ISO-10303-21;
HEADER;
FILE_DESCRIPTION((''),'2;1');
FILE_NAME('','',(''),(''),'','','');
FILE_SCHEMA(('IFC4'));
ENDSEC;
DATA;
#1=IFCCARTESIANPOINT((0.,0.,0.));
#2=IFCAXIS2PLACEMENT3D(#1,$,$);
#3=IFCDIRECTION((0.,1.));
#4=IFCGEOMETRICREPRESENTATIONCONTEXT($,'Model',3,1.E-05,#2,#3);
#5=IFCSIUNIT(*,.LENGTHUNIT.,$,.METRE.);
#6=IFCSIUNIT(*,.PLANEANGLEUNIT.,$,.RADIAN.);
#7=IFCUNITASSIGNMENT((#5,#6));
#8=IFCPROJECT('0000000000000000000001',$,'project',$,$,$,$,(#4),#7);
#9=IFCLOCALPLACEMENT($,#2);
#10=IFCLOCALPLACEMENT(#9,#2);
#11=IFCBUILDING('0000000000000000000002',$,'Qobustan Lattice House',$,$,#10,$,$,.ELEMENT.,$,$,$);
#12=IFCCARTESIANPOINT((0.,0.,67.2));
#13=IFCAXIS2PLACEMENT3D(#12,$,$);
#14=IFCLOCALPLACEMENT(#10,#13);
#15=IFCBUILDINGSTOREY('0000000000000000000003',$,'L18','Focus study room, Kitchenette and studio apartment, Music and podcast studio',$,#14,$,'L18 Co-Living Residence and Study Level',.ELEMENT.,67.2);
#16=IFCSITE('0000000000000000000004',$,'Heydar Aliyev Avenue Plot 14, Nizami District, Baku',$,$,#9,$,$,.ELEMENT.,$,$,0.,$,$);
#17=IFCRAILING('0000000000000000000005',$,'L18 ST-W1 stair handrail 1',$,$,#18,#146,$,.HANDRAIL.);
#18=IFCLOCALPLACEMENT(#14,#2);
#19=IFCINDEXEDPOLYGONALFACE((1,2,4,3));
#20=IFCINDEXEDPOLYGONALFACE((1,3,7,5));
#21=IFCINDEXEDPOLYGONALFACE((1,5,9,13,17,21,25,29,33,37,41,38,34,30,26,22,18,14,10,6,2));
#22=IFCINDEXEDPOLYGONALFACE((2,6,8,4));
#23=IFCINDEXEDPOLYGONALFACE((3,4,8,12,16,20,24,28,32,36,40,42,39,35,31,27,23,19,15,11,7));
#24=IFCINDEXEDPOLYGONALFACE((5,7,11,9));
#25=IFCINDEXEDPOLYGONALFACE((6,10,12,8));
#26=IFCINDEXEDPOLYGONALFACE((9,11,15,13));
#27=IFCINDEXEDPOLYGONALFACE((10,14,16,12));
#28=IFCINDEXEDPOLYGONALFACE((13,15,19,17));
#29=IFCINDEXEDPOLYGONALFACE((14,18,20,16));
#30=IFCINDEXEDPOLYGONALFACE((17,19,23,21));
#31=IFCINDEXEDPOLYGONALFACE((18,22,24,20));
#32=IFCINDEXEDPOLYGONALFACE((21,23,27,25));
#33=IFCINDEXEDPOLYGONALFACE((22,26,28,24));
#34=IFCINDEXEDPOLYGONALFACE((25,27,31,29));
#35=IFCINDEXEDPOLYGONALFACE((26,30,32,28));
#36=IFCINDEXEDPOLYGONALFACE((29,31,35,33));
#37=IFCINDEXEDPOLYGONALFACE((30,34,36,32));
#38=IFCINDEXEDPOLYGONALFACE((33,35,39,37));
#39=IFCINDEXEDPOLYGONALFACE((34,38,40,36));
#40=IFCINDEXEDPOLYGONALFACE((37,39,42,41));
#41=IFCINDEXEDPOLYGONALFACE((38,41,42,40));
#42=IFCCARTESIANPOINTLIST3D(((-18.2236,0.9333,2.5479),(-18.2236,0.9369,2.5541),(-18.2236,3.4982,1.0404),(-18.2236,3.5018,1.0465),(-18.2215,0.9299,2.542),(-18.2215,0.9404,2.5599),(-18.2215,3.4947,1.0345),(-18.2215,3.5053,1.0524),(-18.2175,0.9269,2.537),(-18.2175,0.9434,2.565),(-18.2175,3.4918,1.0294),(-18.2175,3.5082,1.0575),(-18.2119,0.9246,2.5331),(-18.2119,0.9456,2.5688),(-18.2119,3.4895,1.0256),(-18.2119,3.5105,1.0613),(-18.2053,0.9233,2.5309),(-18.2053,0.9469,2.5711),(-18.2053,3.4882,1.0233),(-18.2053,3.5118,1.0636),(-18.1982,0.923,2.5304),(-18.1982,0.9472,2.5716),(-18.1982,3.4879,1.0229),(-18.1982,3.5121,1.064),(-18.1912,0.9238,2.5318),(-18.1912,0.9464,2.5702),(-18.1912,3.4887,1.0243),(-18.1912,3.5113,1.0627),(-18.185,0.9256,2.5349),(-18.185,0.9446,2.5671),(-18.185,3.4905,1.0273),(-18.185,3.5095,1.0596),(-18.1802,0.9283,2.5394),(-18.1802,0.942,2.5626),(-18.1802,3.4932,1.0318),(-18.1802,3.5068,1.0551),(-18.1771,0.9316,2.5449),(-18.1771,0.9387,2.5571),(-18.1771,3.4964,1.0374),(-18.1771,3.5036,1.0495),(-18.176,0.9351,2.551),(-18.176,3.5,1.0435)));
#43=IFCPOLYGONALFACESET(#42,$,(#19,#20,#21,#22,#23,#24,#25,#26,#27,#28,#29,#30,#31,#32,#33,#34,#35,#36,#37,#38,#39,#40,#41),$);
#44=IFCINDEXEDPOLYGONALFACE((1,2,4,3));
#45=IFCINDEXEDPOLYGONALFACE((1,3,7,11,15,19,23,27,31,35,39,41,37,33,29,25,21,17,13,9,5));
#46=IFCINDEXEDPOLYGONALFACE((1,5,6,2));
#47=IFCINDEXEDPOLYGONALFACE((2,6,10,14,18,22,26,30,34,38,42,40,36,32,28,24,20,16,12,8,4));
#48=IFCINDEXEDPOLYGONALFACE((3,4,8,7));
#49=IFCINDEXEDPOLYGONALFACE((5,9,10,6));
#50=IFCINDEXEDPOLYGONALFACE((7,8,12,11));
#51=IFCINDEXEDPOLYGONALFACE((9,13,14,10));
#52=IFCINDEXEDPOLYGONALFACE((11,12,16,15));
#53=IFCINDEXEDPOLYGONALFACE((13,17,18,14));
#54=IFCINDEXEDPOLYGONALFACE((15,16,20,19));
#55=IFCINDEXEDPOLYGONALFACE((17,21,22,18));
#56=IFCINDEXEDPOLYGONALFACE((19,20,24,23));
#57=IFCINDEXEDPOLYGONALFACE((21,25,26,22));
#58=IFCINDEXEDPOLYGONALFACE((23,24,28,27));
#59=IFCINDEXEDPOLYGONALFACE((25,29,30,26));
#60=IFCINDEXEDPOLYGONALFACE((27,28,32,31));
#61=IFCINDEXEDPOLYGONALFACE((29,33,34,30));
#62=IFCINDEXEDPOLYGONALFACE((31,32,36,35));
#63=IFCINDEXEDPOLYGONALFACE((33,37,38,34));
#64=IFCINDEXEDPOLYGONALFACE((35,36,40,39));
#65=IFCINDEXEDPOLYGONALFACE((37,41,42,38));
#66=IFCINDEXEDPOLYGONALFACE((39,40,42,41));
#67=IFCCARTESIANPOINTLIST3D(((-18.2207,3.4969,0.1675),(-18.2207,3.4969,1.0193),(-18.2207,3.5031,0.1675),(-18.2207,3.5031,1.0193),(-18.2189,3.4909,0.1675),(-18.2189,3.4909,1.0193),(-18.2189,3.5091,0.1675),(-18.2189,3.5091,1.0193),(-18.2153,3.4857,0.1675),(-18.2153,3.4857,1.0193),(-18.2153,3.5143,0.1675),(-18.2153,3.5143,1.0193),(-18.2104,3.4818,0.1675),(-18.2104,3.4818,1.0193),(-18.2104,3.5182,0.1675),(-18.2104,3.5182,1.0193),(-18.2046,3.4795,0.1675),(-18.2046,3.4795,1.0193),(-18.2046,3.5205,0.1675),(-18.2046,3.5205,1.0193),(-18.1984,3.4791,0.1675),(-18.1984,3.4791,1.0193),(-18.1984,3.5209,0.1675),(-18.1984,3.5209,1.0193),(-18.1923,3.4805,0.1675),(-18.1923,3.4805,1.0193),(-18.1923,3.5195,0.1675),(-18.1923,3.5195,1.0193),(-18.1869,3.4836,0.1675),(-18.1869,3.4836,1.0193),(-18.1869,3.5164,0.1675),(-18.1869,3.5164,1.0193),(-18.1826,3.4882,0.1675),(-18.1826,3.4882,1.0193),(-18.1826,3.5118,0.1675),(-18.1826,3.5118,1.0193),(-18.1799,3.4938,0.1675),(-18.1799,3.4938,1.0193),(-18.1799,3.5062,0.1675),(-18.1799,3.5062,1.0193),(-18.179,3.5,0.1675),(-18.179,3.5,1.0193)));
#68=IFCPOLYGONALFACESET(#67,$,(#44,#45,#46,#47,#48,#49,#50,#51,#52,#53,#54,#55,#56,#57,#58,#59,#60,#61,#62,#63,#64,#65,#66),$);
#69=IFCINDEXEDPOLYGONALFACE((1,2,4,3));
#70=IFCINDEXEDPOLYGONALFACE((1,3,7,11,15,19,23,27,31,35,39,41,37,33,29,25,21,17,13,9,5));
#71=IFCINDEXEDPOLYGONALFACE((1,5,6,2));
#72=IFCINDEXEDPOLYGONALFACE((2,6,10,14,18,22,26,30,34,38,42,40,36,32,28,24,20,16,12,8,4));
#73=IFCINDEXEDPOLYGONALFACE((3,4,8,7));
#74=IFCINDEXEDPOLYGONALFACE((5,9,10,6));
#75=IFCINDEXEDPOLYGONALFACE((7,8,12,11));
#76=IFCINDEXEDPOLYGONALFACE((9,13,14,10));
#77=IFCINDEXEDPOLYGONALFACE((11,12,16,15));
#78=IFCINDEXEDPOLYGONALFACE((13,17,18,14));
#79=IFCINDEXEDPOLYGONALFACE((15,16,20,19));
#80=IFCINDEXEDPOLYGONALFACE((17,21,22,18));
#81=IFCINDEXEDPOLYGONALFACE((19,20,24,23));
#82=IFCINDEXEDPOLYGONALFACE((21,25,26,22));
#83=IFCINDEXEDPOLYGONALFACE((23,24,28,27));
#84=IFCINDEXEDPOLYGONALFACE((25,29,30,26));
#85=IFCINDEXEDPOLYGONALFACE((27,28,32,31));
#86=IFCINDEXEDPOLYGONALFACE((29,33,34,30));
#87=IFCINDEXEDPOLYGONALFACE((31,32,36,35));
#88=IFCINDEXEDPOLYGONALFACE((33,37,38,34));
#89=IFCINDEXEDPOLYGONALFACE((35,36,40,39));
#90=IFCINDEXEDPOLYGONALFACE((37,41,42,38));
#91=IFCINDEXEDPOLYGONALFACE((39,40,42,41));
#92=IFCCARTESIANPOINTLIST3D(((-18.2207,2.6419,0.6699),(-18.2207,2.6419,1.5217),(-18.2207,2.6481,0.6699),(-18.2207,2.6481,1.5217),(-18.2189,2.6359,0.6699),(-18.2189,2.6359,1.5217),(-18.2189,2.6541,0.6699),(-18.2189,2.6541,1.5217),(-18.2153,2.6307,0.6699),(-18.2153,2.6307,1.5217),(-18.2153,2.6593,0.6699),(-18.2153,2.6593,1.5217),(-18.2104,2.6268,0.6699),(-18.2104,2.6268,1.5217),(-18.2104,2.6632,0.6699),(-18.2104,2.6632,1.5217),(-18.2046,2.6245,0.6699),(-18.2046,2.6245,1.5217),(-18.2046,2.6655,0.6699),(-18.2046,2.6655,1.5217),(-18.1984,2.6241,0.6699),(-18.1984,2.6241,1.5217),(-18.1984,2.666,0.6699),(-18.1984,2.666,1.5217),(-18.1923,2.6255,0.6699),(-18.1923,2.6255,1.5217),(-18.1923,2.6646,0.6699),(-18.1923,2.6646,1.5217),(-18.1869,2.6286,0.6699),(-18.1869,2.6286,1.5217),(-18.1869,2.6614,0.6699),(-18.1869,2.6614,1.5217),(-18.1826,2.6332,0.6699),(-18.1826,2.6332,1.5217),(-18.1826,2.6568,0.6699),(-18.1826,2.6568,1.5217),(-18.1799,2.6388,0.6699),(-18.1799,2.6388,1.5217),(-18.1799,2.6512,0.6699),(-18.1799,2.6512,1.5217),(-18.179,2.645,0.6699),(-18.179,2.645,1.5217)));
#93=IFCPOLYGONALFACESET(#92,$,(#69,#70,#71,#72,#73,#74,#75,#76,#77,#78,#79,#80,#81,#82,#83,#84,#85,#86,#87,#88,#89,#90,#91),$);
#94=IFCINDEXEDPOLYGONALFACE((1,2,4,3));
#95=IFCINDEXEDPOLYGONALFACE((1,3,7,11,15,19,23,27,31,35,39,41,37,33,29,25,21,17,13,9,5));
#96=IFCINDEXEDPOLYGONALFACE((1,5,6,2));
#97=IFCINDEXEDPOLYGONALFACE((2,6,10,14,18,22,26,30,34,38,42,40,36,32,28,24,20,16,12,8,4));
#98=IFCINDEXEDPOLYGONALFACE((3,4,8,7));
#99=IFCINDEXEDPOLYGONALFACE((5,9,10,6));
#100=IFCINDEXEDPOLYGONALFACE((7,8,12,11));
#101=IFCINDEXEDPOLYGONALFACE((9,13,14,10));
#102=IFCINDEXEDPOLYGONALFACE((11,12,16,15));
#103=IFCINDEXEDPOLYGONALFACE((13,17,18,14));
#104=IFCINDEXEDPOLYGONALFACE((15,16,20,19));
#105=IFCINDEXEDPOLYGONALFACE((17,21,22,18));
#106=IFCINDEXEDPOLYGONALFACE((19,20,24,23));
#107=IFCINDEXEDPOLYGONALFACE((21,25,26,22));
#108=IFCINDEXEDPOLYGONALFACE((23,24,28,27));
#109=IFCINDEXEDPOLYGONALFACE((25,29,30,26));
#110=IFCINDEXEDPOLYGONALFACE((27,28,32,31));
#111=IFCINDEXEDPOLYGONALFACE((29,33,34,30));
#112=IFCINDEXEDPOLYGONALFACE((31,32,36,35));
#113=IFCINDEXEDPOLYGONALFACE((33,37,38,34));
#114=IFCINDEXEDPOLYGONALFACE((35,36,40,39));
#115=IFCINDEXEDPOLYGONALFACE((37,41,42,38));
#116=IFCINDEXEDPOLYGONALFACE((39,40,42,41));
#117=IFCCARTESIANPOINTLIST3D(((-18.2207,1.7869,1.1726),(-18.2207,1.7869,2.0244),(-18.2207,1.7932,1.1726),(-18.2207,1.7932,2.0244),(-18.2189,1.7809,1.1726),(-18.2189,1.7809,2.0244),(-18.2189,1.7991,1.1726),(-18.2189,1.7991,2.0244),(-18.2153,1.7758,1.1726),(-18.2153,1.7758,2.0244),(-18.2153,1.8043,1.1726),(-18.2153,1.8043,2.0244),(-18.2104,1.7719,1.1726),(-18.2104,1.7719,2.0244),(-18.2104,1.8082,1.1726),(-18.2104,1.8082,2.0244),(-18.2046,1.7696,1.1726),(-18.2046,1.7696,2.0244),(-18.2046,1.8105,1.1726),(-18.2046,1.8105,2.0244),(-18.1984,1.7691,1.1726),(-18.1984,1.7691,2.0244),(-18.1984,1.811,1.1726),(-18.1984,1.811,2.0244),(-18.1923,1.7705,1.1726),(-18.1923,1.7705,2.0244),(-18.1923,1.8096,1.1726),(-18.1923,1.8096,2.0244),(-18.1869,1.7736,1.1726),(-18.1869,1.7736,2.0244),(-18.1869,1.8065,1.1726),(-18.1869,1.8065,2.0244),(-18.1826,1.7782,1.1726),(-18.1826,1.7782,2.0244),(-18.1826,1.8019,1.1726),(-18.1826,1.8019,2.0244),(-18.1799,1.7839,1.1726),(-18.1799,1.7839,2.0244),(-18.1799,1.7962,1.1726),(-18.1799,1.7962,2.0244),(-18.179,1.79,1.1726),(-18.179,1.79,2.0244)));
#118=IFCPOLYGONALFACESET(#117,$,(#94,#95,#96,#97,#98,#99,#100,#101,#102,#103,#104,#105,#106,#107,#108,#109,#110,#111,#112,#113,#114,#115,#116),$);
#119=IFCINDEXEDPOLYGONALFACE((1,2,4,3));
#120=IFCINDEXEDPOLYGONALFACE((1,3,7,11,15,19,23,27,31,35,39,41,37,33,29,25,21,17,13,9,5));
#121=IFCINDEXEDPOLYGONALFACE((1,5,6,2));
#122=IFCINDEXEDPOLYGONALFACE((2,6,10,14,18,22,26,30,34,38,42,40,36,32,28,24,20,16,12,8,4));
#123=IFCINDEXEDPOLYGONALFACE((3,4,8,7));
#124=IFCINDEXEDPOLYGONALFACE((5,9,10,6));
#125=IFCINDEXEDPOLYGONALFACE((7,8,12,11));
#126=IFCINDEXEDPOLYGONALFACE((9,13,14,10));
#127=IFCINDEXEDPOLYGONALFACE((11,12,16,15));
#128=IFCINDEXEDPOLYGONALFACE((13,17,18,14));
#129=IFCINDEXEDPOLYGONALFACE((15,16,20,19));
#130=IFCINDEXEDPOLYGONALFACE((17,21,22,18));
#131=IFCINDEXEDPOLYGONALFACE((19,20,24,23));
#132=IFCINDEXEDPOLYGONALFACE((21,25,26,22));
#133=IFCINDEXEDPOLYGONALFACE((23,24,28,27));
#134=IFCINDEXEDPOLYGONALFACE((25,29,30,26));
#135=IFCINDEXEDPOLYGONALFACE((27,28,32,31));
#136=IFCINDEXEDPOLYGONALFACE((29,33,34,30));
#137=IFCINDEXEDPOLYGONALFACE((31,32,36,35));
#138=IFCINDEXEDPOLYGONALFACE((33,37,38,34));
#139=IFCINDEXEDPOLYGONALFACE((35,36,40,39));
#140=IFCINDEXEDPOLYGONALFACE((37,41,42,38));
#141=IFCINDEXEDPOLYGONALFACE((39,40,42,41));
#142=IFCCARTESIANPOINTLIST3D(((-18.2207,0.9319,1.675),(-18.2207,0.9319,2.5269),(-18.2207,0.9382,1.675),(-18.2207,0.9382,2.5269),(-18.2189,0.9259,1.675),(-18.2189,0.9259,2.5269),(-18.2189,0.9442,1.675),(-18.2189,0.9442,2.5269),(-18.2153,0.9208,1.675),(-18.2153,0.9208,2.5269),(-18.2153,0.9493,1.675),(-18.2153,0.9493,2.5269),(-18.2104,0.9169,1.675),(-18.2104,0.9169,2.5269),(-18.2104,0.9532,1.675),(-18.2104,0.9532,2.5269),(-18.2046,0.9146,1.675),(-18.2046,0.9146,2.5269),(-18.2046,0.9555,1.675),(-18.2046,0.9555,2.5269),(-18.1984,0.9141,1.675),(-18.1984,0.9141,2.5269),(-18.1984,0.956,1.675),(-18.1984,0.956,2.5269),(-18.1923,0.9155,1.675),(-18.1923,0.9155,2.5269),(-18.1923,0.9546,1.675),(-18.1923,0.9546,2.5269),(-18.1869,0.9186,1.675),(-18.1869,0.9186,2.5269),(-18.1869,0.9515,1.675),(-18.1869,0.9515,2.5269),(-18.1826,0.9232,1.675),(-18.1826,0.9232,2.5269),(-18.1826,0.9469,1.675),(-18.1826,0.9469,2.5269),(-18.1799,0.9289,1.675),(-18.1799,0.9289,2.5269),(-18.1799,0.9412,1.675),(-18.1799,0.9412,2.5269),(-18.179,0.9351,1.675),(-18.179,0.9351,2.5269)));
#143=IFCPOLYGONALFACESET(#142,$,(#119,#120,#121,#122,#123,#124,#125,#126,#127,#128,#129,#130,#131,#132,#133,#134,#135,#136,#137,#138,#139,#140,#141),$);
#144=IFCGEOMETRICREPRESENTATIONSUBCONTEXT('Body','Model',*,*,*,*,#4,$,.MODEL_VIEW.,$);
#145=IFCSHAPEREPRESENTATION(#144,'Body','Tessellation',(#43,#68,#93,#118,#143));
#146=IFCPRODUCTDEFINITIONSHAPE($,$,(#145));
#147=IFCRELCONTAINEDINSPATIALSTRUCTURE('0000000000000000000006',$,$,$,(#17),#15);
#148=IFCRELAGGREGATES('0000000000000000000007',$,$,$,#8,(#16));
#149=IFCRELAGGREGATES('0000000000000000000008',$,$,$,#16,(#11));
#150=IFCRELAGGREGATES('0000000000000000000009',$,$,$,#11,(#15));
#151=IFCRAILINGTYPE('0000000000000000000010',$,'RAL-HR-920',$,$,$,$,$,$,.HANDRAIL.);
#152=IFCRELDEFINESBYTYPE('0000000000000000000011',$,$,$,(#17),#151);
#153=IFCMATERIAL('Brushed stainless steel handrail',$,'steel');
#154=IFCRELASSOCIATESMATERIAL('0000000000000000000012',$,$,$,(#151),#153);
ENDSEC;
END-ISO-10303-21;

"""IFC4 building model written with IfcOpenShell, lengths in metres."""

from ifc_helpers import new_model, si_unit, direction, frame, origin, origin_2d, place, context, subcontext, project, spatial, circle, extrude, material, type_object, element, save


model = new_model("IFC4")

# Units and contexts
model_context = context("Model", 3, precision=1e-05, world=origin(), true_north=direction((0.0, 1.0)))
body_context = subcontext(model_context, "Body", "Model", "MODEL_VIEW")
ifc_project = project(units=[si_unit("LENGTHUNIT", "METRE"), si_unit("PLANEANGLEUNIT", "RADIAN")], contexts=[model_context])

# Site, building, storey
site_placement = place(None, origin())
site = spatial("IfcSite", under=ifc_project, at=site_placement, Name="Heydar Aliyev Avenue Plot 14, Nizami District, Baku", CompositionType="ELEMENT", RefElevation=0.0)
building_placement = place(site_placement, origin())
building = spatial("IfcBuilding", under=site, at=building_placement, Name="Qobustan Lattice House", CompositionType="ELEMENT")
storey_placement = place(building_placement, frame((0.0, 0.0, 67.2)))
storey = spatial("IfcBuildingStorey", under=building, at=storey_placement, Name="L18", Description="Focus study room, Kitchenette and studio apartment, Music and podcast studio", LongName="L18 Co-Living Residence and Study Level", CompositionType="ELEMENT", Elevation=67.2)

# Railing
ifc_material_1 = material(Name="Brushed stainless steel handrail", Category="steel")
railing_type_1 = type_object("IfcRailingType", Name="RAL-HR-920", PredefinedType="HANDRAIL", material=ifc_material_1)
railing_1_placement = place(storey_placement, frame((-18.2, 3.5, 0.1675)))
element("IfcRailing", 1, at=railing_1_placement, inside=storey, type_object=railing_type_1, Name="L18 ST-W1 stair handrail 1", PredefinedType="HANDRAIL", context=body_context, shape_type="SweptSolid", body=[
    extrude(circle(Radius=0.0239, at=origin_2d()), frame((0.0, 0.0, 0.876), z_axis=(0.0, -0.862113, 0.506715), x_axis=(1.0, 0.0, 0.0)), (0.0, 0.0, 1.0), 2.9751),
    extrude(circle(Radius=0.021, at=origin_2d()), origin(), (0.0, 0.0, 1.0), 0.8518),
    extrude(circle(Radius=0.021, at=origin_2d()), frame((0.0, -0.855, 0.5024)), (0.0, 0.0, 1.0), 0.8518),
    extrude(circle(Radius=0.021, at=origin_2d()), frame((0.0, -1.71, 1.0051)), (0.0, 0.0, 1.0), 0.8518),
    extrude(circle(Radius=0.021, at=origin_2d()), frame((0.0, -2.5649, 1.5076)), (0.0, 0.0, 1.0), 0.8518),
])

save(model, "model.ifc")
